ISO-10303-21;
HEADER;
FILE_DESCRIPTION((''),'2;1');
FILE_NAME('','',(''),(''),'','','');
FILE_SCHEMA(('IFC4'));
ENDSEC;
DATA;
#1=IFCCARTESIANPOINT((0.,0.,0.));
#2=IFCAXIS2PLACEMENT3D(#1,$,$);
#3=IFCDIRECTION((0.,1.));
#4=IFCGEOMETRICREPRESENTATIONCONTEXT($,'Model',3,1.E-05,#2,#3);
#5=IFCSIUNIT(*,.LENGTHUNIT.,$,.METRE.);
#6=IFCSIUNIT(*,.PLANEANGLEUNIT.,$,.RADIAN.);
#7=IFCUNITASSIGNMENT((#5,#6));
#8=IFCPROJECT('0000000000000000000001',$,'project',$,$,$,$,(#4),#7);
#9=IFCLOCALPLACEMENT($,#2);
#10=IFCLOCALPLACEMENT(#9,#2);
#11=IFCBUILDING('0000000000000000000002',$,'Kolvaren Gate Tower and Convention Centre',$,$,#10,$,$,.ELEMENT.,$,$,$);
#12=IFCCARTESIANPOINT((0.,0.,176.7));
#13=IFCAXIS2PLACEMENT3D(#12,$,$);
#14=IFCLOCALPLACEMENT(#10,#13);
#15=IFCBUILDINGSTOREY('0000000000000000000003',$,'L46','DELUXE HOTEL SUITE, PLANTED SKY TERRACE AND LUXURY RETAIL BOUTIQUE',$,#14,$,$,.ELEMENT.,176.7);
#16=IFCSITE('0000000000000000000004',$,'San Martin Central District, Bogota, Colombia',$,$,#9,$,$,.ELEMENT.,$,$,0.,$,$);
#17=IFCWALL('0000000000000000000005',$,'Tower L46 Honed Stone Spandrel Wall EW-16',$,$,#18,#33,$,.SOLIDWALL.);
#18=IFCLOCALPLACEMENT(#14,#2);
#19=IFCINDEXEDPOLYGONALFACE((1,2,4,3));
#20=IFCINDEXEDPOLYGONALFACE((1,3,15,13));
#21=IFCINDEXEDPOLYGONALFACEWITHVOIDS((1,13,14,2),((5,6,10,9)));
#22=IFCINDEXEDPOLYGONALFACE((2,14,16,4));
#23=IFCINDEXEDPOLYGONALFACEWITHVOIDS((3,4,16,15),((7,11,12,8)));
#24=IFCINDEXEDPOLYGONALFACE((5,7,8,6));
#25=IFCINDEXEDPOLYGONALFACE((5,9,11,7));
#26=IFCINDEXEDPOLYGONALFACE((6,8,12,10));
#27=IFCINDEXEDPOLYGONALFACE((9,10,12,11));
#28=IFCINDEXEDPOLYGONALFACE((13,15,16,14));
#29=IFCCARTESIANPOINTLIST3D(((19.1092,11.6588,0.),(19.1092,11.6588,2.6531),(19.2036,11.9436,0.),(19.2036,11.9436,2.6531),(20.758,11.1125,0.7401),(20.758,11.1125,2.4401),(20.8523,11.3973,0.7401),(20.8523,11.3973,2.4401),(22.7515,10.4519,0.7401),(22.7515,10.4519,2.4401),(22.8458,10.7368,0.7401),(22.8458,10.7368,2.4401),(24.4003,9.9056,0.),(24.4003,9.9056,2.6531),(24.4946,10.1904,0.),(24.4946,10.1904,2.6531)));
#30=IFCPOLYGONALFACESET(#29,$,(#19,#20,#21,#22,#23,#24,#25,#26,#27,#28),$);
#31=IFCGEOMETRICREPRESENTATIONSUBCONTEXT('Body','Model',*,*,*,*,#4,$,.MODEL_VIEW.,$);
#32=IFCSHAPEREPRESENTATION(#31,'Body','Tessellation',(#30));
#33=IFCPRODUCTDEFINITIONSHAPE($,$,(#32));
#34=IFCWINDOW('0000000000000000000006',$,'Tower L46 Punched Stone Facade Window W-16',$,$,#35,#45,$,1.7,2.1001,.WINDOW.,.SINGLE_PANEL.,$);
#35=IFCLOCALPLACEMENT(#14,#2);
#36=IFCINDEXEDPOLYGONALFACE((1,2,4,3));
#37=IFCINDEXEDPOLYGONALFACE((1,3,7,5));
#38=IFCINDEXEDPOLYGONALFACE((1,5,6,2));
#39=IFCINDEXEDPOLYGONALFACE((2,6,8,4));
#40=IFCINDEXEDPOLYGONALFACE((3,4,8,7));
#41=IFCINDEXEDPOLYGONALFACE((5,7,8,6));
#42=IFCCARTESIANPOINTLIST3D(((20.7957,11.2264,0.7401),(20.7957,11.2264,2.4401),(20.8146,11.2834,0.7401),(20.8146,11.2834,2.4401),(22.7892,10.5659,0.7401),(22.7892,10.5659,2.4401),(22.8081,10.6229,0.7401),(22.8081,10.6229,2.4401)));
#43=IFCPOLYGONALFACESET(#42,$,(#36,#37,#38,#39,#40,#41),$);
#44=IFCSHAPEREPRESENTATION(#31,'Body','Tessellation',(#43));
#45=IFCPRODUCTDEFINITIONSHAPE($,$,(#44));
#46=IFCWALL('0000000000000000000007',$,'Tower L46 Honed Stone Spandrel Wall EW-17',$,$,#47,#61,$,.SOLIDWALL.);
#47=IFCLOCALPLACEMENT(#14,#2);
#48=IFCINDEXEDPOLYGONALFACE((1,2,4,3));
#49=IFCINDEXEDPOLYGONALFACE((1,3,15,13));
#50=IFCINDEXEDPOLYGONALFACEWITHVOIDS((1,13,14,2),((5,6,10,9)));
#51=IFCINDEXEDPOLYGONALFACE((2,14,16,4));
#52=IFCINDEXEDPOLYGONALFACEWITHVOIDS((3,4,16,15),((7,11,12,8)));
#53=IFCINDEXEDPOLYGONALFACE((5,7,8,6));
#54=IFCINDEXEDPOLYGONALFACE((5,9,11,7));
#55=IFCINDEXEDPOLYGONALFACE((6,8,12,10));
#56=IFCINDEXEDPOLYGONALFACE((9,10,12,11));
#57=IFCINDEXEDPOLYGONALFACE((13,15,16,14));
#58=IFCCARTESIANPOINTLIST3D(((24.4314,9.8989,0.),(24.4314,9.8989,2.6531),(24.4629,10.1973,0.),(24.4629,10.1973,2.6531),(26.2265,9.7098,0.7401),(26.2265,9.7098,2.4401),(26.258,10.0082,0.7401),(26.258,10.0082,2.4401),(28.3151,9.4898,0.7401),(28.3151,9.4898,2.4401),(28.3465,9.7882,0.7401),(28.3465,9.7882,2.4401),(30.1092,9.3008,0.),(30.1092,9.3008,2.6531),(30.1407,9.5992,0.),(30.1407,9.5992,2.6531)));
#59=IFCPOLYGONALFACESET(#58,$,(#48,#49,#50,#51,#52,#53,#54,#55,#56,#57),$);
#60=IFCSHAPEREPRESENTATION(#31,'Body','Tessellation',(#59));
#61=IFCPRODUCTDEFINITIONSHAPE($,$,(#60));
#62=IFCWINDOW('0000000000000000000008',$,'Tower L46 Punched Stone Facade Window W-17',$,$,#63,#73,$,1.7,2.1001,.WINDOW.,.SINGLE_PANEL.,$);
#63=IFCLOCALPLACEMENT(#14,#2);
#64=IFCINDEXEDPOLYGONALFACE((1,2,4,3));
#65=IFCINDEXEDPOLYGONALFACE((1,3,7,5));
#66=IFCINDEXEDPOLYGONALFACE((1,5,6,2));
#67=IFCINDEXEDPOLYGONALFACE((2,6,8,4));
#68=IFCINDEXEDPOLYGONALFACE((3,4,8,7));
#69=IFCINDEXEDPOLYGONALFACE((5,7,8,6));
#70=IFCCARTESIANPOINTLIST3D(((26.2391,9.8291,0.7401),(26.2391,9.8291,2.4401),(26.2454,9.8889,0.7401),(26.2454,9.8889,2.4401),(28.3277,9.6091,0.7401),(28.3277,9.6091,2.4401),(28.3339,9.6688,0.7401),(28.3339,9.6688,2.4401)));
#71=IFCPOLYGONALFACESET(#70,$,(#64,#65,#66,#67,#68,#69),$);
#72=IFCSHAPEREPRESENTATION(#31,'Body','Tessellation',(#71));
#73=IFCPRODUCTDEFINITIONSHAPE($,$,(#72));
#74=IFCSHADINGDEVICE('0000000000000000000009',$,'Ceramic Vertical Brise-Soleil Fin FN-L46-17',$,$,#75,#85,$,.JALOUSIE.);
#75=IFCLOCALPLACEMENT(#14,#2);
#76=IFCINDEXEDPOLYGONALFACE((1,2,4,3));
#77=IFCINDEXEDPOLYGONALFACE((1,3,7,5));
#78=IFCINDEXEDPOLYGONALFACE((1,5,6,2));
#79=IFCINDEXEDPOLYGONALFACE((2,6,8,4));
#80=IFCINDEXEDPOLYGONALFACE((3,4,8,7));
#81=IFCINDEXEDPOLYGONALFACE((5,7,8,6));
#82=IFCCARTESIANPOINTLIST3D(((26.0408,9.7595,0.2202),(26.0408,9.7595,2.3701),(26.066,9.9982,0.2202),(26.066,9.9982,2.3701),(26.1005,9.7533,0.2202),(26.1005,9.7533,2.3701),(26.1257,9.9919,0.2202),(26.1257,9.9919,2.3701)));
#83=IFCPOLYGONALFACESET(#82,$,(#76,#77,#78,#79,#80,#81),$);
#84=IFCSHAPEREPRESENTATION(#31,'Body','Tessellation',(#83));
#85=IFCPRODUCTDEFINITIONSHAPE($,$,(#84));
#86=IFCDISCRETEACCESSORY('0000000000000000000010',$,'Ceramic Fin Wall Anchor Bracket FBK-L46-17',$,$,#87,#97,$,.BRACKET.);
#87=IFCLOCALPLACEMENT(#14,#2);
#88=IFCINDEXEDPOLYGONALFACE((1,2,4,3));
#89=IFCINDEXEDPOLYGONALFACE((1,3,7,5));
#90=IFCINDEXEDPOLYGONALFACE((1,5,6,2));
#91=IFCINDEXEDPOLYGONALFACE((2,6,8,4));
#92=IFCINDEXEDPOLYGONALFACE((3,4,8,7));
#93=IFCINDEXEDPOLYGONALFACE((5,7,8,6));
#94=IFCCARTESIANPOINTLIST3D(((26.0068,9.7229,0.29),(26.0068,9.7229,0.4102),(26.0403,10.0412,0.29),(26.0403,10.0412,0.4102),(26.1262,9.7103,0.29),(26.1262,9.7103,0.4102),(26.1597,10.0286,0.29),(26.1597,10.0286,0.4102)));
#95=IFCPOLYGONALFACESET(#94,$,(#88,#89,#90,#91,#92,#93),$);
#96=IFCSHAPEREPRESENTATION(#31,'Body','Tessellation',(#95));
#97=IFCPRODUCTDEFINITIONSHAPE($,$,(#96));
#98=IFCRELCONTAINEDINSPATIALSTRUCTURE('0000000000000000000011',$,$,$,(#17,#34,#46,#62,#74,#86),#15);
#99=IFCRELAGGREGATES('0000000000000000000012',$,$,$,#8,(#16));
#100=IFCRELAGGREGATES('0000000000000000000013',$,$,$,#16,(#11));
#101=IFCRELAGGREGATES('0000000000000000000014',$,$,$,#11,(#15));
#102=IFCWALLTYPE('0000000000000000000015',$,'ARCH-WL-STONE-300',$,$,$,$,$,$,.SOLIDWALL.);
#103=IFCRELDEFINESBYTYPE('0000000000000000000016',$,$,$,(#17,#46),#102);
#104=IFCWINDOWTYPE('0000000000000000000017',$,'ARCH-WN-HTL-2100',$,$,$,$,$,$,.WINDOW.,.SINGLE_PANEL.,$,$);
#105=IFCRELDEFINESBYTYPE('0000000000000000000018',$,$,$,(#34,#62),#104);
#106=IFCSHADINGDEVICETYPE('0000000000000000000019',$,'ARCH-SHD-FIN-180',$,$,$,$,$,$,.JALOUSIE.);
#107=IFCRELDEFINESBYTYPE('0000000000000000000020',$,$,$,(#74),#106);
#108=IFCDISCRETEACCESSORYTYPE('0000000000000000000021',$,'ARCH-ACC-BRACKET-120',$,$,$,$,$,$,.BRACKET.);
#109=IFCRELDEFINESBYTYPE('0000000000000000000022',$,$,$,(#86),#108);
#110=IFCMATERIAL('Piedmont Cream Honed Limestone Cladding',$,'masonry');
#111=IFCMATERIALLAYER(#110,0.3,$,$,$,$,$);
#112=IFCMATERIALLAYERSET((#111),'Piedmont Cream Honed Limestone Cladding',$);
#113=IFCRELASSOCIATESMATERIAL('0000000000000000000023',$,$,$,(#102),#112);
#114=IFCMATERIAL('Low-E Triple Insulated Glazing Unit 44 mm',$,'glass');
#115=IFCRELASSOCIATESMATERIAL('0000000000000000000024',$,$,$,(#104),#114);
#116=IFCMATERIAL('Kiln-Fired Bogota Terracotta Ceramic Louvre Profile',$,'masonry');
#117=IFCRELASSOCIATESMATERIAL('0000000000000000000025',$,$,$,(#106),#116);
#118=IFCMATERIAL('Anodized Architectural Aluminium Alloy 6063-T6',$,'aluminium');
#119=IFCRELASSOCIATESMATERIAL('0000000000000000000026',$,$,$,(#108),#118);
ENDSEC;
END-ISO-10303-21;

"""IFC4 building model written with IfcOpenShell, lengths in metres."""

from ifc_helpers import new_model, si_unit, direction, frame, frame_2d, origin, origin_2d, place, context, subcontext, project, spatial, rectangle, extrude, material, layer, layer_set, type_object, element, fill, save


model = new_model("IFC4")

# Units and contexts
model_context = context("Model", 3, precision=1e-05, world=origin(), true_north=direction((0.0, 1.0)))
body_context = subcontext(model_context, "Body", "Model", "MODEL_VIEW")
ifc_project = project(units=[si_unit("LENGTHUNIT", "METRE"), si_unit("PLANEANGLEUNIT", "RADIAN")], contexts=[model_context])

# Site, building, storey
site_placement = place(None, origin())
site = spatial("IfcSite", under=ifc_project, at=site_placement, Name="San Martin Central District, Bogota, Colombia", CompositionType="ELEMENT", RefElevation=0.0)
building_placement = place(site_placement, origin())
building = spatial("IfcBuilding", under=site, at=building_placement, Name="Kolvaren Gate Tower and Convention Centre", CompositionType="ELEMENT")
storey_placement = place(building_placement, frame((0.0, 0.0, 176.7)))
storey = spatial("IfcBuildingStorey", under=building, at=storey_placement, Name="L46", Description="DELUXE HOTEL SUITE, PLANTED SKY TERRACE AND LUXURY RETAIL BOUTIQUE", CompositionType="ELEMENT", Elevation=176.7)

# Shared definitions
ifc_material_1 = material(Name="Anodized Architectural Aluminium Alloy 6063-T6", Category="aluminium")

# Shared definitions
ifc_material_2 = material(Name="Low-E Triple Insulated Glazing Unit 44 mm", Category="glass")

# Shared definitions
ifc_material_3 = material(Name="Piedmont Cream Honed Limestone Cladding", Category="masonry")

# Walls, openings, windows
ifc_layer_1 = layer(ifc_material_3, 0.3)
ifc_layer_set_1 = layer_set([ifc_layer_1], Name="Piedmont Cream Honed Limestone Cladding")
wall_type_1 = type_object("IfcWallType", Name="ARCH-WL-STONE-300", PredefinedType="SOLIDWALL", material=ifc_layer_set_1)
wall_1_placement = place(storey_placement, frame((19.1562, 11.8013, 0.0), z_axis=(0.0, 0.0, 1.0), x_axis=(0.949247, -0.314532, 0.0)))
wall_1 = element("IfcWall", 1, at=wall_1_placement, inside=storey, type_object=wall_type_1, Name="Tower L46 Honed Stone Spandrel Wall EW-16", PredefinedType="SOLIDWALL", context=body_context, shape_type="SweptSolid", body=[
    extrude(rectangle(XDim=5.574, YDim=0.3, at=frame_2d((2.7871, 0.0))), origin(), (0.0, 0.0, 1.0), 2.6531),
])
opening_1_placement = place(wall_1_placement, frame((1.7371, 0.0, 0.74)))
opening_1 = element("IfcOpeningElement", 2, at=opening_1_placement, cuts=wall_1, PredefinedType="OPENING", context=body_context, shape_type="SweptSolid", body=[
    extrude(rectangle(XDim=2.1001, YDim=1.7, at=frame_2d((1.05, 0.8501))), frame((0.0, 0.1599, 0.0), z_axis=(0.0, -1.0, 0.0), x_axis=(1.0, 0.0, 0.0)), (0.0, 0.0, 1.0), 0.3201),
])
window_type = type_object("IfcWindowType", Name="ARCH-WN-HTL-2100", PartitioningType="SINGLE_PANEL", PredefinedType="WINDOW", material=ifc_material_2)
window_1_placement = place(opening_1_placement, origin())
window_1 = element("IfcWindow", 3, at=window_1_placement, inside=storey, type_object=window_type, Name="Tower L46 Punched Stone Facade Window W-16", OverallHeight=1.7, OverallWidth=2.1001, PartitioningType="SINGLE_PANEL", PredefinedType="WINDOW", context=body_context, shape_type="SweptSolid", body=[
    extrude(rectangle(XDim=2.1001, YDim=1.7, at=frame_2d((1.05, 0.8501))), frame((0.0, 0.03, 0.0), z_axis=(0.0, -1.0, 0.0), x_axis=(1.0, 0.0, 0.0)), (0.0, 0.0, 1.0), 0.0601),
])
fill(opening_1, window_1)
wall_2_placement = place(storey_placement, frame((24.4473, 10.0481, 0.0), z_axis=(0.0, 0.0, 1.0), x_axis=(0.994497, -0.104769, 0.0)))
wall_2 = element("IfcWall", 4, at=wall_2_placement, inside=storey, type_object=wall_type_1, Name="Tower L46 Honed Stone Spandrel Wall EW-17", PredefinedType="SOLIDWALL", context=body_context, shape_type="SweptSolid", body=[
    extrude(rectangle(XDim=5.7092, YDim=0.3, at=frame_2d((2.8545, 0.0))), origin(), (0.0, 0.0, 1.0), 2.6531),
])
opening_2_placement = place(wall_2_placement, frame((1.8049, 0.0, 0.74)))
opening_2 = element("IfcOpeningElement", 5, at=opening_2_placement, cuts=wall_2, PredefinedType="OPENING", context=body_context, shape_type="SweptSolid", body=[
    extrude(rectangle(XDim=2.1001, YDim=1.7, at=frame_2d((1.05, 0.8501))), frame((0.0, 0.1599, 0.0), z_axis=(0.0, -1.0, 0.0), x_axis=(1.0, 0.0, 0.0)), (0.0, 0.0, 1.0), 0.3201),
])
window_2_placement = place(opening_2_placement, origin())
window_2 = element("IfcWindow", 6, at=window_2_placement, inside=storey, type_object=window_type, Name="Tower L46 Punched Stone Facade Window W-17", OverallHeight=1.7, OverallWidth=2.1001, PartitioningType="SINGLE_PANEL", PredefinedType="WINDOW", context=body_context, shape_type="SweptSolid", body=[
    extrude(rectangle(XDim=2.1001, YDim=1.7, at=frame_2d((1.05, 0.8501))), frame((0.0, 0.03, 0.0), z_axis=(0.0, -1.0, 0.0), x_axis=(1.0, 0.0, 0.0)), (0.0, 0.0, 1.0), 0.0601),
])
fill(opening_2, window_2)

# Shading device
ifc_material_4 = material(Name="Kiln-Fired Bogota Terracotta Ceramic Louvre Profile", Category="masonry")
shading_device_type = type_object("IfcShadingDeviceType", Name="ARCH-SHD-FIN-180", PredefinedType="JALOUSIE", material=ifc_material_4)
shading_device_placement = place(storey_placement, frame((26.0833, 9.8757, 0.2202), z_axis=(0.0, 0.0, 1.0), x_axis=(0.994499, -0.104744, 0.0)))
element("IfcShadingDevice", 7, at=shading_device_placement, inside=storey, type_object=shading_device_type, Name="Ceramic Vertical Brise-Soleil Fin FN-L46-17", PredefinedType="JALOUSIE", context=body_context, shape_type="SweptSolid", body=[
    extrude(rectangle(XDim=0.0601, YDim=0.24, at=origin_2d()), origin(), (0.0, 0.0, 1.0), 2.1499),
])

# Discrete accessory
discrete_accessory_type = type_object("IfcDiscreteAccessoryType", Name="ARCH-ACC-BRACKET-120", PredefinedType="BRACKET", material=ifc_material_1)
discrete_accessory_placement = place(storey_placement, frame((26.0833, 9.8757, 0.29), z_axis=(0.0, 0.0, 1.0), x_axis=(0.994499, -0.104744, 0.0)))
element("IfcDiscreteAccessory", 8, at=discrete_accessory_placement, inside=storey, type_object=discrete_accessory_type, Name="Ceramic Fin Wall Anchor Bracket FBK-L46-17", PredefinedType="BRACKET", context=body_context, shape_type="SweptSolid", body=[
    extrude(rectangle(XDim=0.1201, YDim=0.3201, at=origin_2d()), origin(), (0.0, 0.0, 1.0), 0.1201),
])

save(model, "model.ifc")
